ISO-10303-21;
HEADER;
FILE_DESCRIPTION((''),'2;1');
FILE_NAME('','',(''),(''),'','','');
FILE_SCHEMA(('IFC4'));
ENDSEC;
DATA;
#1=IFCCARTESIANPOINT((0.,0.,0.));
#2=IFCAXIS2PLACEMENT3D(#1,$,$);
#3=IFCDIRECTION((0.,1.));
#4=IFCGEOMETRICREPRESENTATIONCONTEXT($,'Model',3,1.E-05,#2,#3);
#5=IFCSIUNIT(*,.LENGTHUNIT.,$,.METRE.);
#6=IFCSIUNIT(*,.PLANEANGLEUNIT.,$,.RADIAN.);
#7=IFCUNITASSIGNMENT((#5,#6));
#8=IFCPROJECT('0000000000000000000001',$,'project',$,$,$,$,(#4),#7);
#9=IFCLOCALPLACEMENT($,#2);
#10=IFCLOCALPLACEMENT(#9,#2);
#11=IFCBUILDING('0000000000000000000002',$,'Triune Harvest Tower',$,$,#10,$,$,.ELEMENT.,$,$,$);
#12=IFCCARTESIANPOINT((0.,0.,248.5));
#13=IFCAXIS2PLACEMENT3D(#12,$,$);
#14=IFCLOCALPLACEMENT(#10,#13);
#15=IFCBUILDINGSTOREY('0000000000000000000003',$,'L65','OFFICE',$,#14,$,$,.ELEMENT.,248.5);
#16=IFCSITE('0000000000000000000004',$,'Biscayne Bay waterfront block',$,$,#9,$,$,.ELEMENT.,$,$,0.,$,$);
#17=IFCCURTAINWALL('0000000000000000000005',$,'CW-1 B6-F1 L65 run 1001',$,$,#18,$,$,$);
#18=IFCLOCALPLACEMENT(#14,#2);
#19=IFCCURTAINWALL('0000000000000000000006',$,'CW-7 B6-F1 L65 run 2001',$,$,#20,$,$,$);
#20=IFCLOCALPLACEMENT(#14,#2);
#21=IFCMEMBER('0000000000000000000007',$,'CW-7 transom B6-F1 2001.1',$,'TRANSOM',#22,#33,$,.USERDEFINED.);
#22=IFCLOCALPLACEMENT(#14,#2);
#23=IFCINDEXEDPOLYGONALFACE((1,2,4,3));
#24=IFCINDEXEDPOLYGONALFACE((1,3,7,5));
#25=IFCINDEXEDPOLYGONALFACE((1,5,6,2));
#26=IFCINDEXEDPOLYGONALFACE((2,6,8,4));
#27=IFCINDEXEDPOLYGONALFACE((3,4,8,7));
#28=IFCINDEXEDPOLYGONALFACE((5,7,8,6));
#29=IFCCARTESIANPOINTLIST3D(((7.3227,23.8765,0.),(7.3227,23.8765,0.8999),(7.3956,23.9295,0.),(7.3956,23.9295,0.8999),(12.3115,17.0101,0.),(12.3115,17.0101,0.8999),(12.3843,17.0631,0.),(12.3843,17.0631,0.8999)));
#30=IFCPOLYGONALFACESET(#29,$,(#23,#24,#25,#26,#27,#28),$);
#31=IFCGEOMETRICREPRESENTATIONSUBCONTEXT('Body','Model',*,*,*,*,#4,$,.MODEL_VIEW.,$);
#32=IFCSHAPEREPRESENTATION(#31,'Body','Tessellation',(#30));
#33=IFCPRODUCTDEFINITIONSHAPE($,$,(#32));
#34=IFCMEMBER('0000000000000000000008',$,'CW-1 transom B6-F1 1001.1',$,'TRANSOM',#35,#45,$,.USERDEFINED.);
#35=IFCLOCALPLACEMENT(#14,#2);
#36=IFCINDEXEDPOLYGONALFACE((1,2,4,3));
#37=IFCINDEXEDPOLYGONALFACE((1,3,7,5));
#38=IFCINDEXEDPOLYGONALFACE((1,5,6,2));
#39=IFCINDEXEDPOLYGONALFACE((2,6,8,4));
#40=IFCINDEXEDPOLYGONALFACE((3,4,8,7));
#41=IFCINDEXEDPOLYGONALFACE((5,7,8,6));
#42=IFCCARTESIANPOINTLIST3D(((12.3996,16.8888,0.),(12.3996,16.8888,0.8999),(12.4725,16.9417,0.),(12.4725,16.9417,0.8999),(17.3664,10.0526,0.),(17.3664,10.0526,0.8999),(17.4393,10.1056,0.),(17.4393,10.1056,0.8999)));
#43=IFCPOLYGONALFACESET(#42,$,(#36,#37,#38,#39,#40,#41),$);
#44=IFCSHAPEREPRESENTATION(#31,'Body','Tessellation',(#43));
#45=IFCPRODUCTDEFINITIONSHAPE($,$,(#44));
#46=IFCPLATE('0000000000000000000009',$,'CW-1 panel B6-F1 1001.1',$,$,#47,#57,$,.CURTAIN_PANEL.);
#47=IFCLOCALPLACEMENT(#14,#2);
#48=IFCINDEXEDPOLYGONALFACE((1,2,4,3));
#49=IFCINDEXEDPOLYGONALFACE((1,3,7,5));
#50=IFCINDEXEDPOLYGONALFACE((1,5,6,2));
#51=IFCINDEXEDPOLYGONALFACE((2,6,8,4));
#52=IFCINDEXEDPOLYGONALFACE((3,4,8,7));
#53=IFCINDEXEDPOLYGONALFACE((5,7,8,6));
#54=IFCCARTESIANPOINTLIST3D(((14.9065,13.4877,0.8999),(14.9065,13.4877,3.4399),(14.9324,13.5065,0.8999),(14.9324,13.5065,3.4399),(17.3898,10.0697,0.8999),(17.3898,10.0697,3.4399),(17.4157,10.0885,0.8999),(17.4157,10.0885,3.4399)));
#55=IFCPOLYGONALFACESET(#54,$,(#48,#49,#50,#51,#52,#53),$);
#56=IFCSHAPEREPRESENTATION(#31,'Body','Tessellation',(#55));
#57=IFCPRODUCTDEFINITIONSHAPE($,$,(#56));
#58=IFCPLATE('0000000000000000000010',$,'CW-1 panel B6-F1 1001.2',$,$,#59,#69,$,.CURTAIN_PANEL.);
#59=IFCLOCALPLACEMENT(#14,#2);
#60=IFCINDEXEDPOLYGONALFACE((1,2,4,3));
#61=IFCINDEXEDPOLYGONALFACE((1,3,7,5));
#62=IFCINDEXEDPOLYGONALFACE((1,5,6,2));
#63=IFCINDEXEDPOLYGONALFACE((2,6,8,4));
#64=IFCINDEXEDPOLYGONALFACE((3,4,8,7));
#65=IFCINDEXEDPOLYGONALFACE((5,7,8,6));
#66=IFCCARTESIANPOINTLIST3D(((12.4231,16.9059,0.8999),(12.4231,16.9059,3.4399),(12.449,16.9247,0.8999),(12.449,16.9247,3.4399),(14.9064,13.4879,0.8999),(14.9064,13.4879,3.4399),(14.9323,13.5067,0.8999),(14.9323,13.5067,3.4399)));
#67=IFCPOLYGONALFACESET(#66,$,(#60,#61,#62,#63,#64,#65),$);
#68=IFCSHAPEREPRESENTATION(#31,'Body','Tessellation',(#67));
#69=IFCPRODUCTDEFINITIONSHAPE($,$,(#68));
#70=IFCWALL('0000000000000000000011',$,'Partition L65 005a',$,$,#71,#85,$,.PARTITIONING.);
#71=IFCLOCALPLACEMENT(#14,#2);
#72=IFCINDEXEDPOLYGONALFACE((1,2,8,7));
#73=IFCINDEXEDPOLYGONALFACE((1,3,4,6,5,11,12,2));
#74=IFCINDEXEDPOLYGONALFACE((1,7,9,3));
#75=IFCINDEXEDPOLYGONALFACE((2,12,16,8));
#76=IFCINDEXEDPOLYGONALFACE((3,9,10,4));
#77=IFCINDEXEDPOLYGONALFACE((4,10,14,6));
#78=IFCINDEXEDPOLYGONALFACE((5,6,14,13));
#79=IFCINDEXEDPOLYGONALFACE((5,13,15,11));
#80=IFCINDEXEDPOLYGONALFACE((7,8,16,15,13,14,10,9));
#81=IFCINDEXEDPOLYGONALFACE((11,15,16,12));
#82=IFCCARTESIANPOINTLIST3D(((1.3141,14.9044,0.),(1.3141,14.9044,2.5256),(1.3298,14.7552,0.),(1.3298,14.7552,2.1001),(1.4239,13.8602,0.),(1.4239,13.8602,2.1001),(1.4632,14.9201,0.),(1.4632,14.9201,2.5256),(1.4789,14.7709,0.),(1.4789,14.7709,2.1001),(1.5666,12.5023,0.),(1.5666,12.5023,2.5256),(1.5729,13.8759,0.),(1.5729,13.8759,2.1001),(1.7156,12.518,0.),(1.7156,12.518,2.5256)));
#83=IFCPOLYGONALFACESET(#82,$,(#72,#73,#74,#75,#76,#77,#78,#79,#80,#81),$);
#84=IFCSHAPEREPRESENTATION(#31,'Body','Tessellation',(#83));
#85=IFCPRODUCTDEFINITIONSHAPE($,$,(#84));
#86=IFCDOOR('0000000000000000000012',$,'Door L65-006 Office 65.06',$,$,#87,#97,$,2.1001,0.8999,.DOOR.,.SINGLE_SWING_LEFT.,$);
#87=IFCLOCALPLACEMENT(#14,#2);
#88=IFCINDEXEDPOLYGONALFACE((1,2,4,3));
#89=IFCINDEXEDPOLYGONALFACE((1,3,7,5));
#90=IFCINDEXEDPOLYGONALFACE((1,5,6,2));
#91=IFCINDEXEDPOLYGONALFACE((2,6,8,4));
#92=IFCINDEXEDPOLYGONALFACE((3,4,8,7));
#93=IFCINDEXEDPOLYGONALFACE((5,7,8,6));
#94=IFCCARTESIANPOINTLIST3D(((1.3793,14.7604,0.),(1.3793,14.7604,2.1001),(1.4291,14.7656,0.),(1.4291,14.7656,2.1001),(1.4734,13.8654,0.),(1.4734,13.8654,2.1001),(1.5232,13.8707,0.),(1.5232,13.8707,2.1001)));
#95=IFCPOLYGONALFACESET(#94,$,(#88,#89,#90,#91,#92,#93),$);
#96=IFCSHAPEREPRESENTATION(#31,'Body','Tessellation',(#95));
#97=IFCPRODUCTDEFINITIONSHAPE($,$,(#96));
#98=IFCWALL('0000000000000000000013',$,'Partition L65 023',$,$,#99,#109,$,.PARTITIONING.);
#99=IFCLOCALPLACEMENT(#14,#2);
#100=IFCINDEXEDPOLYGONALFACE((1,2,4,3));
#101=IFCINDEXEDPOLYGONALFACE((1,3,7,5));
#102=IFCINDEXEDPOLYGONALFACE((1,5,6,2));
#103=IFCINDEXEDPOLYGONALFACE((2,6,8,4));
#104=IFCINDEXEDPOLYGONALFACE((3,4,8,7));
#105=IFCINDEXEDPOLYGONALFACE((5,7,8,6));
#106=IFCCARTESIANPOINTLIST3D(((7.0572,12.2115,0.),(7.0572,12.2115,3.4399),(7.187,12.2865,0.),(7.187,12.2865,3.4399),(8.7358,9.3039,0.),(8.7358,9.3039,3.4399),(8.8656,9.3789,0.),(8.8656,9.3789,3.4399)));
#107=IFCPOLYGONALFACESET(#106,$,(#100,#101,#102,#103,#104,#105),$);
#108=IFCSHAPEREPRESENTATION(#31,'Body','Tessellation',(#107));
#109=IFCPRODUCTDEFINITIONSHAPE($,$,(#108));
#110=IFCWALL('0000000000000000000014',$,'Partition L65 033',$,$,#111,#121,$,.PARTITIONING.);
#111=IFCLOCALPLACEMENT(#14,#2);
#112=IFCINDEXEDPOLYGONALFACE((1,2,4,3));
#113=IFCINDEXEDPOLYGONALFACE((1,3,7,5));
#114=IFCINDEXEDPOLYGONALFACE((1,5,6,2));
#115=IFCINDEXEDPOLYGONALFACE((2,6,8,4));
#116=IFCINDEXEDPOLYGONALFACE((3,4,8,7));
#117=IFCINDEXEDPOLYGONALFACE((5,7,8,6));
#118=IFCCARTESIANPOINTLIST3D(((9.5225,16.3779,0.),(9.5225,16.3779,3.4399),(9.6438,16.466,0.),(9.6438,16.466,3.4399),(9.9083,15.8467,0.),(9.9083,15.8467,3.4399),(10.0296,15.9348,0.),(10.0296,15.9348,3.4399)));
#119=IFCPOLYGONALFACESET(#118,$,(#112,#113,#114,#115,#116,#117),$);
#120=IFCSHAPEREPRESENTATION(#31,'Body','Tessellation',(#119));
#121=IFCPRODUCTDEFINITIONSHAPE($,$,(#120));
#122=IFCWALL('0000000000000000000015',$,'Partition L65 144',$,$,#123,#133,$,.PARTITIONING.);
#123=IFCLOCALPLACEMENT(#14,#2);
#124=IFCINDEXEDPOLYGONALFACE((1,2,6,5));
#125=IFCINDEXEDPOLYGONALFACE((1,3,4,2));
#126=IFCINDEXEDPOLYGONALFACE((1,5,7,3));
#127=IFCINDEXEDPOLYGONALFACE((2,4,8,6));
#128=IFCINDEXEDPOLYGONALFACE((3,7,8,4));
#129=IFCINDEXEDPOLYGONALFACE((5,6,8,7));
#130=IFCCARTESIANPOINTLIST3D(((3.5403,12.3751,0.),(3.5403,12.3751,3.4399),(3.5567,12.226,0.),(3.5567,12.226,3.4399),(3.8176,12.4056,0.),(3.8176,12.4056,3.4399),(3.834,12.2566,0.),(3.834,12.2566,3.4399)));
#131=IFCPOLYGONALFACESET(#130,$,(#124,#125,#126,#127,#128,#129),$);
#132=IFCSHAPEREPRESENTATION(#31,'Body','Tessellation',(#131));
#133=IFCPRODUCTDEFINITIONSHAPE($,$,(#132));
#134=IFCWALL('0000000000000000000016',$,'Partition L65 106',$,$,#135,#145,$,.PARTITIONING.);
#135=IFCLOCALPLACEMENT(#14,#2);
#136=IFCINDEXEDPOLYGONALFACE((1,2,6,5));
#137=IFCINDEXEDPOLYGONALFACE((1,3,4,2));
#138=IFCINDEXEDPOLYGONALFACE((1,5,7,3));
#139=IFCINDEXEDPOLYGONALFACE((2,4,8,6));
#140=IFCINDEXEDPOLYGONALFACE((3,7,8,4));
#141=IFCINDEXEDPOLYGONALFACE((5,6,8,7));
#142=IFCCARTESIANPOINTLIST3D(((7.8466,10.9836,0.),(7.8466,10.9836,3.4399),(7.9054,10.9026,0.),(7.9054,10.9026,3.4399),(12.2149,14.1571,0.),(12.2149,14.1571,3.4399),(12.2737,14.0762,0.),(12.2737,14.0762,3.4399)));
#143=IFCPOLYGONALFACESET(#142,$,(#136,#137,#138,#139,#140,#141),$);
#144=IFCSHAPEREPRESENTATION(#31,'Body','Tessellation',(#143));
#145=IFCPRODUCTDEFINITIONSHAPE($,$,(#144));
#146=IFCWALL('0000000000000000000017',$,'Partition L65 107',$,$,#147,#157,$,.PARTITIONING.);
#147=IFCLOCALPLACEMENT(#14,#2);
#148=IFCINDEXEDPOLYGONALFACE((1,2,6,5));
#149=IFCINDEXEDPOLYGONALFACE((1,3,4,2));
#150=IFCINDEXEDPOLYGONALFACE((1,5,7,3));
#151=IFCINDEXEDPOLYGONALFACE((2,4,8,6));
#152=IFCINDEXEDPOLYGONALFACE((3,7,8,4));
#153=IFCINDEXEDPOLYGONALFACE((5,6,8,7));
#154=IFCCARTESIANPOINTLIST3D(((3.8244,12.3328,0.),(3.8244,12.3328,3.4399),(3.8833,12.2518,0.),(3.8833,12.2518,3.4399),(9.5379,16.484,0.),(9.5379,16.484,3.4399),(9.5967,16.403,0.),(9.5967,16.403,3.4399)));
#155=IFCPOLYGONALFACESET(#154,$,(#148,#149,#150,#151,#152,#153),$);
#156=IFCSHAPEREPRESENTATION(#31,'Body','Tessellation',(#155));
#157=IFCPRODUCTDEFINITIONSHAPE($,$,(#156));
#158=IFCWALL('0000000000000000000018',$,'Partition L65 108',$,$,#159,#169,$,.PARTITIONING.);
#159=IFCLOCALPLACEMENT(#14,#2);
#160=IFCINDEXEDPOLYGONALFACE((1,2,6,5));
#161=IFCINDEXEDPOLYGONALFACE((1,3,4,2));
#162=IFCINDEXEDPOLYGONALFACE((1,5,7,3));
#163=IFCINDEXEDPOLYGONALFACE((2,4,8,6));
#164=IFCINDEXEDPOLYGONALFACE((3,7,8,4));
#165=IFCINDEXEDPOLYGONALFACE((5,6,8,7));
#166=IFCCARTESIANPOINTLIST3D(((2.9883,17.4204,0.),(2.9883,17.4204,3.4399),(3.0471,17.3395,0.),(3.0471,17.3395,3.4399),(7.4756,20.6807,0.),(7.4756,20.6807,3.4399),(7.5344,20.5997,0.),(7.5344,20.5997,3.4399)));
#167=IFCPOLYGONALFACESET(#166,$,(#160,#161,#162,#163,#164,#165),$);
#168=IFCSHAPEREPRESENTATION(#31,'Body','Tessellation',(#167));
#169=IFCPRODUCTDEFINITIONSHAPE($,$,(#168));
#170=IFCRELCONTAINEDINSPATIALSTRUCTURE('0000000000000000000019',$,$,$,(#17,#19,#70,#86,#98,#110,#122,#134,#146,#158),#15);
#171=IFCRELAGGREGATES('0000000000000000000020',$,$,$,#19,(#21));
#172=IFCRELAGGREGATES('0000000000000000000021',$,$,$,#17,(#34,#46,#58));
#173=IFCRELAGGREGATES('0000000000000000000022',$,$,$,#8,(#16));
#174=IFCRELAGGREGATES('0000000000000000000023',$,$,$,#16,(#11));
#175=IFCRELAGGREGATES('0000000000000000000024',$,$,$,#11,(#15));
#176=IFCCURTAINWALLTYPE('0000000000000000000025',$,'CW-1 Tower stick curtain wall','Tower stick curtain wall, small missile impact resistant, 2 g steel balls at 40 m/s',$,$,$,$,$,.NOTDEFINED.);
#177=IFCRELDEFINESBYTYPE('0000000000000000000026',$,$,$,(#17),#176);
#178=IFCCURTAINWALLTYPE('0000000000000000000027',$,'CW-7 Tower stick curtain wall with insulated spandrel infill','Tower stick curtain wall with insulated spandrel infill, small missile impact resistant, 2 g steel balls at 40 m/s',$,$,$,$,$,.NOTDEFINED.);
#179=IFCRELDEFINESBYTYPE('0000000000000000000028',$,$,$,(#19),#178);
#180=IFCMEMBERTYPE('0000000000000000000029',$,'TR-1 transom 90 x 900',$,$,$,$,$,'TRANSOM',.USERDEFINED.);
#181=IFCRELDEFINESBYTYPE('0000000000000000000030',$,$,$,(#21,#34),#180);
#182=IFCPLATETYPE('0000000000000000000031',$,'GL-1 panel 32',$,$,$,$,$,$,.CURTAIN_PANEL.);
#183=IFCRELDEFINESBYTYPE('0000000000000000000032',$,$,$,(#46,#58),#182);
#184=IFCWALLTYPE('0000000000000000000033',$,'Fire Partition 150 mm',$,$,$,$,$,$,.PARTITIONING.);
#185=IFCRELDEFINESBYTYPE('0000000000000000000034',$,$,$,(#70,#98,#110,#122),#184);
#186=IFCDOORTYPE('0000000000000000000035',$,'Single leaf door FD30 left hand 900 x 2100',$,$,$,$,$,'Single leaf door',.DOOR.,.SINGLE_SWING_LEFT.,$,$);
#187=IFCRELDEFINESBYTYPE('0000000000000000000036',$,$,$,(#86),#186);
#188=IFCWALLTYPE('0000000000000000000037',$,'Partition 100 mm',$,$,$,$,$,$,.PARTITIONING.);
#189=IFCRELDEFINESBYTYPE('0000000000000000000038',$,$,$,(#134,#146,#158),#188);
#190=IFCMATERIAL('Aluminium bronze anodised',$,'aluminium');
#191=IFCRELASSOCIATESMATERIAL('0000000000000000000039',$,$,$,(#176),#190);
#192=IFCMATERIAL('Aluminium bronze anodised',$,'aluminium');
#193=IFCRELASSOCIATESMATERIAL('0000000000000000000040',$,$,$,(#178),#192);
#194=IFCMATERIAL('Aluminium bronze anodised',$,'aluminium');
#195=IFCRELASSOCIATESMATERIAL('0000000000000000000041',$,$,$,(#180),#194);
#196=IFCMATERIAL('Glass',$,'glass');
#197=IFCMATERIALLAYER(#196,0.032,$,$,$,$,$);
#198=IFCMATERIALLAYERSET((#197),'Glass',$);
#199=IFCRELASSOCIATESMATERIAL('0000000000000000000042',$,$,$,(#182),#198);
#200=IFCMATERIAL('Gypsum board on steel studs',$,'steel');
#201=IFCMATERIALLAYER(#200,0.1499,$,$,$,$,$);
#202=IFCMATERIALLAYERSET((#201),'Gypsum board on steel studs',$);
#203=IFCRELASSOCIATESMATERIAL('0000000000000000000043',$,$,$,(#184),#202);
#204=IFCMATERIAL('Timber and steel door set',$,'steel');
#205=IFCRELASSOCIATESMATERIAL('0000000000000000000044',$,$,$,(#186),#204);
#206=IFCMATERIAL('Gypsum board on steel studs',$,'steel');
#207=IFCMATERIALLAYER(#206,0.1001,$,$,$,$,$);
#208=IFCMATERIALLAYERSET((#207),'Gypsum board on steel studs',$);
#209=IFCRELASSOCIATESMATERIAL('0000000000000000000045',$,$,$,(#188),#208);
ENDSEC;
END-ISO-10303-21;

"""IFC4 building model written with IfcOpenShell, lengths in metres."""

from ifc_helpers import new_model, si_unit, direction, frame, frame_2d, origin, origin_2d, place, context, subcontext, project, spatial, rectangle, extrude, source, transform, mapped, material, layer, layer_set, material_profile, profile_set, type_object, element, fill, aggregate, save


model = new_model("IFC4")

# Units and contexts
model_context = context("Model", 3, precision=1e-05, world=origin(), true_north=direction((0.0, 1.0)))
body_context = subcontext(model_context, "Body", "Model", "MODEL_VIEW")
ifc_project = project(units=[si_unit("LENGTHUNIT", "METRE"), si_unit("PLANEANGLEUNIT", "RADIAN")], contexts=[model_context])

# Site, building, storey
site_placement = place(None, origin())
site = spatial("IfcSite", under=ifc_project, at=site_placement, Name="Biscayne Bay waterfront block", CompositionType="ELEMENT", RefElevation=0.0)
building_placement = place(site_placement, origin())
building = spatial("IfcBuilding", under=site, at=building_placement, Name="Triune Harvest Tower", CompositionType="ELEMENT")
storey_placement = place(building_placement, frame((0.0, 0.0, 248.5)))
storey = spatial("IfcBuildingStorey", under=building, at=storey_placement, Name="L65", Description="OFFICE", CompositionType="ELEMENT", Elevation=248.5)

# Curtain walls, member
ifc_material_1 = material(Name="Aluminium bronze anodised", Category="aluminium")
curtain_wall_type_1 = type_object("IfcCurtainWallType", Name="CW-1 Tower stick curtain wall", Description="Tower stick curtain wall, small missile impact resistant, 2 g steel balls at 40 m/s", PredefinedType="NOTDEFINED", material=ifc_material_1)
curtain_wall_1_placement = place(storey_placement, origin())
curtain_wall_1 = element("IfcCurtainWall", 1, at=curtain_wall_1_placement, inside=storey, type_object=curtain_wall_type_1, Name="CW-1 B6-F1 L65 run 1001")
ifc_material_2 = material(Name="Aluminium bronze anodised", Category="aluminium")
curtain_wall_type_2 = type_object("IfcCurtainWallType", Name="CW-7 Tower stick curtain wall with insulated spandrel infill", Description="Tower stick curtain wall with insulated spandrel infill, small missile impact resistant, 2 g steel balls at 40 m/s", PredefinedType="NOTDEFINED", material=ifc_material_2)
curtain_wall_2_placement = place(storey_placement, origin())
curtain_wall_2 = element("IfcCurtainWall", 2, at=curtain_wall_2_placement, inside=storey, type_object=curtain_wall_type_2, Name="CW-7 B6-F1 L65 run 2001")
ifc_material_3 = material(Name="Aluminium bronze anodised", Category="aluminium")
ifc_material_profile_1 = material_profile(ifc_material_3, rectangle(XDim=0.0901, YDim=0.8999, at=origin_2d()), Name="TR-1 transom 90 x 900")
ifc_profile_set_1 = profile_set([ifc_material_profile_1], Name="Aluminium bronze anodised")
member_type_1 = type_object("IfcMemberType", Name="TR-1 transom 90 x 900", ElementType="TRANSOM", PredefinedType="USERDEFINED", material=ifc_profile_set_1)
shared_shape_1 = source(origin(), body_context, "Body", "SweptSolid", [
    extrude(rectangle(XDim=0.0901, YDim=0.8999, at=origin_2d()), origin(), (0.0, 0.0, 1.0), 8.4873),
])
member_1_placement = place(storey_placement, frame((12.3479, 17.0366, 0.45), z_axis=(-0.587785, 0.809017, 0.0), x_axis=(-0.809017, -0.587785, 0.0)))
member_1 = element("IfcMember", 3, at=member_1_placement, type_object=member_type_1, Name="CW-7 transom B6-F1 2001.1", ObjectType="TRANSOM", PredefinedType="USERDEFINED", context=body_context, shape_type="MappedRepresentation", body=[
    mapped(shared_shape_1, transform((0.0, 0.0, 0.0), scale=1.0)),
])
aggregate(curtain_wall_2, [member_1])

# Member
shared_shape_2 = source(origin(), body_context, "Body", "SweptSolid", [
    extrude(rectangle(XDim=0.0901, YDim=0.8999, at=origin_2d()), origin(), (0.0, 0.0, 1.0), 8.45),
])
member_2_placement = place(storey_placement, frame((17.4028, 10.0791, 0.45), z_axis=(-0.587787, 0.809016, 0.0), x_axis=(-0.809016, -0.587787, 0.0)))
member_2 = element("IfcMember", 4, at=member_2_placement, type_object=member_type_1, Name="CW-1 transom B6-F1 1001.1", ObjectType="TRANSOM", PredefinedType="USERDEFINED", context=body_context, shape_type="MappedRepresentation", body=[
    mapped(shared_shape_2, transform((0.0, 0.0, 0.0), scale=1.0)),
])

# Plates
ifc_material_4 = material(Name="Glass", Category="glass")
ifc_layer_1 = layer(ifc_material_4, 0.032)
ifc_layer_set_1 = layer_set([ifc_layer_1], Name="Glass")
plate_type = type_object("IfcPlateType", Name="GL-1 panel 32", PredefinedType="CURTAIN_PANEL", material=ifc_layer_set_1)
shared_shape_3 = source(origin(), body_context, "Body", "SweptSolid", [
    extrude(rectangle(XDim=4.2249, YDim=0.032, at=origin_2d()), origin(), (0.0, 0.0, 1.0), 2.54),
])
plate_1_placement = place(storey_placement, frame((16.1611, 11.7881, 0.8999), z_axis=(0.0, 0.0, 1.0), x_axis=(-0.587784, 0.809018, 0.0)))
plate_1 = element("IfcPlate", 5, at=plate_1_placement, type_object=plate_type, Name="CW-1 panel B6-F1 1001.1", PredefinedType="CURTAIN_PANEL", context=body_context, shape_type="MappedRepresentation", body=[
    mapped(shared_shape_3, transform((0.0, 0.0, 0.0), scale=1.0)),
])
plate_2_placement = place(storey_placement, frame((13.6777, 15.2063, 0.8999), z_axis=(0.0, 0.0, 1.0), x_axis=(-0.587784, 0.809018, 0.0)))
plate_2 = element("IfcPlate", 6, at=plate_2_placement, type_object=plate_type, Name="CW-1 panel B6-F1 1001.2", PredefinedType="CURTAIN_PANEL", context=body_context, shape_type="MappedRepresentation", body=[
    mapped(shared_shape_3, transform((0.0, 0.0, 0.0), scale=1.0)),
])
aggregate(curtain_wall_1, [member_2, plate_1, plate_2])

# Wall, opening, door
ifc_material_5 = material(Name="Gypsum board on steel studs", Category="steel")
ifc_layer_2 = layer(ifc_material_5, 0.1499)
ifc_layer_set_2 = layer_set([ifc_layer_2], Name="Gypsum board on steel studs")
wall_type_1 = type_object("IfcWallType", Name="Fire Partition 150 mm", PredefinedType="PARTITIONING", material=ifc_layer_set_2)
wall_1_placement = place(storey_placement, frame((1.3887, 14.9121, 0.0), z_axis=(0.0, 0.0, 1.0), x_axis=(0.104516, -0.994523, 0.0)))
wall_1 = element("IfcWall", 7, at=wall_1_placement, inside=storey, type_object=wall_type_1, Name="Partition L65 005a", PredefinedType="PARTITIONING", context=body_context, shape_type="SweptSolid", body=[
    extrude(rectangle(XDim=2.4153, YDim=0.1499, at=frame_2d((1.2075, 0.0))), origin(), (0.0, 0.0, 1.0), 2.5256),
])
opening_1_placement = place(wall_1_placement, frame((0.1499, 0.0, 0.0)))
opening_1 = element("IfcOpeningElement", 8, at=opening_1_placement, cuts=wall_1, PredefinedType="OPENING", context=body_context, shape_type="SweptSolid", body=[
    extrude(rectangle(XDim=0.8999, YDim=2.1001, at=frame_2d((0.45, 1.05))), frame((0.0, 0.085, 0.0), z_axis=(0.0, -1.0, 0.0), x_axis=(1.0, 0.0, 0.0)), (0.0, 0.0, 1.0), 0.1699),
])
ifc_material_6 = material(Name="Timber and steel door set", Category="steel")
door_type_1 = type_object("IfcDoorType", Name="Single leaf door FD30 left hand 900 x 2100", ElementType="Single leaf door", OperationType="SINGLE_SWING_LEFT", PredefinedType="DOOR", material=ifc_material_6)
door_1_placement = place(opening_1_placement, origin())
door_1 = element("IfcDoor", 9, at=door_1_placement, inside=storey, type_object=door_type_1, Name="Door L65-006 Office 65.06", OperationType="SINGLE_SWING_LEFT", OverallHeight=2.1001, OverallWidth=0.8999, PredefinedType="DOOR", context=body_context, shape_type="SweptSolid", body=[
    extrude(rectangle(XDim=0.8999, YDim=2.1001, at=frame_2d((0.45, 1.05))), frame((0.0, 0.0249, 0.0), z_axis=(0.0, -1.0, 0.0), x_axis=(1.0, 0.0, 0.0)), (0.0, 0.0, 1.0), 0.05),
])
fill(opening_1, door_1)

# Walls
wall_2_placement = place(storey_placement, frame((7.1221, 12.249, 0.0), z_axis=(0.0, 0.0, 1.0), x_axis=(0.499987, -0.866033, 0.0)))
element("IfcWall", 10, at=wall_2_placement, inside=storey, type_object=wall_type_1, Name="Partition L65 023", PredefinedType="PARTITIONING", context=body_context, shape_type="SweptSolid", body=[
    extrude(rectangle(XDim=3.3574, YDim=0.1499, at=frame_2d((1.6787, 0.0))), origin(), (0.0, 0.0, 1.0), 3.4399),
])
wall_3_placement = place(storey_placement, frame((9.5833, 16.4219, 0.0), z_axis=(0.0, 0.0, 1.0), x_axis=(0.587552, -0.809186, 0.0)))
element("IfcWall", 11, at=wall_3_placement, inside=storey, type_object=wall_type_1, Name="Partition L65 033", PredefinedType="PARTITIONING", context=body_context, shape_type="SweptSolid", body=[
    extrude(rectangle(XDim=0.6565, YDim=0.1499, at=frame_2d((0.3281, 0.0))), origin(), (0.0, 0.0, 1.0), 3.4399),
])
wall_4_placement = place(storey_placement, frame((3.5483, 12.3005, 0.0), z_axis=(0.0, 0.0, 1.0), x_axis=(0.994001, 0.109375, 0.0)))
element("IfcWall", 12, at=wall_4_placement, inside=storey, type_object=wall_type_1, Name="Partition L65 144", PredefinedType="PARTITIONING", context=body_context, shape_type="SweptSolid", body=[
    extrude(rectangle(XDim=0.2791, YDim=0.1499, at=frame_2d((0.1396, 0.0))), origin(), (0.0, 0.0, 1.0), 3.4399),
])
ifc_material_7 = material(Name="Gypsum board on steel studs", Category="steel")
ifc_layer_3 = layer(ifc_material_7, 0.1001)
ifc_layer_set_3 = layer_set([ifc_layer_3], Name="Gypsum board on steel studs")
wall_type_2 = type_object("IfcWallType", Name="Partition 100 mm", PredefinedType="PARTITIONING", material=ifc_layer_set_3)
wall_5_placement = place(storey_placement, frame((7.876, 10.9431, 0.0), z_axis=(0.0, 0.0, 1.0), x_axis=(0.809039, 0.587755, 0.0)))
element("IfcWall", 13, at=wall_5_placement, inside=storey, type_object=wall_type_2, Name="Partition L65 106", PredefinedType="PARTITIONING", context=body_context, shape_type="SweptSolid", body=[
    extrude(rectangle(XDim=5.3994, YDim=0.1001, at=frame_2d((2.6997, 0.0))), origin(), (0.0, 0.0, 1.0), 3.4399),
])
wall_6_placement = place(storey_placement, frame((3.8538, 12.2922, 0.0), z_axis=(0.0, 0.0, 1.0), x_axis=(0.80901, 0.587795, 0.0)))
element("IfcWall", 14, at=wall_6_placement, inside=storey, type_object=wall_type_2, Name="Partition L65 107", PredefinedType="PARTITIONING", context=body_context, shape_type="SweptSolid", body=[
    extrude(rectangle(XDim=7.0623, YDim=0.1001, at=frame_2d((3.5312, 0.0))), origin(), (0.0, 0.0, 1.0), 3.4399),
])
wall_7_placement = place(storey_placement, frame((3.0176, 17.3799, 0.0), z_axis=(0.0, 0.0, 1.0), x_axis=(0.809014, 0.58779, 0.0)))
element("IfcWall", 15, at=wall_7_placement, inside=storey, type_object=wall_type_2, Name="Partition L65 108", PredefinedType="PARTITIONING", context=body_context, shape_type="SweptSolid", body=[
    extrude(rectangle(XDim=5.5466, YDim=0.1001, at=frame_2d((2.7734, 0.0))), origin(), (0.0, 0.0, 1.0), 3.4399),
])

save(model, "model.ifc")
